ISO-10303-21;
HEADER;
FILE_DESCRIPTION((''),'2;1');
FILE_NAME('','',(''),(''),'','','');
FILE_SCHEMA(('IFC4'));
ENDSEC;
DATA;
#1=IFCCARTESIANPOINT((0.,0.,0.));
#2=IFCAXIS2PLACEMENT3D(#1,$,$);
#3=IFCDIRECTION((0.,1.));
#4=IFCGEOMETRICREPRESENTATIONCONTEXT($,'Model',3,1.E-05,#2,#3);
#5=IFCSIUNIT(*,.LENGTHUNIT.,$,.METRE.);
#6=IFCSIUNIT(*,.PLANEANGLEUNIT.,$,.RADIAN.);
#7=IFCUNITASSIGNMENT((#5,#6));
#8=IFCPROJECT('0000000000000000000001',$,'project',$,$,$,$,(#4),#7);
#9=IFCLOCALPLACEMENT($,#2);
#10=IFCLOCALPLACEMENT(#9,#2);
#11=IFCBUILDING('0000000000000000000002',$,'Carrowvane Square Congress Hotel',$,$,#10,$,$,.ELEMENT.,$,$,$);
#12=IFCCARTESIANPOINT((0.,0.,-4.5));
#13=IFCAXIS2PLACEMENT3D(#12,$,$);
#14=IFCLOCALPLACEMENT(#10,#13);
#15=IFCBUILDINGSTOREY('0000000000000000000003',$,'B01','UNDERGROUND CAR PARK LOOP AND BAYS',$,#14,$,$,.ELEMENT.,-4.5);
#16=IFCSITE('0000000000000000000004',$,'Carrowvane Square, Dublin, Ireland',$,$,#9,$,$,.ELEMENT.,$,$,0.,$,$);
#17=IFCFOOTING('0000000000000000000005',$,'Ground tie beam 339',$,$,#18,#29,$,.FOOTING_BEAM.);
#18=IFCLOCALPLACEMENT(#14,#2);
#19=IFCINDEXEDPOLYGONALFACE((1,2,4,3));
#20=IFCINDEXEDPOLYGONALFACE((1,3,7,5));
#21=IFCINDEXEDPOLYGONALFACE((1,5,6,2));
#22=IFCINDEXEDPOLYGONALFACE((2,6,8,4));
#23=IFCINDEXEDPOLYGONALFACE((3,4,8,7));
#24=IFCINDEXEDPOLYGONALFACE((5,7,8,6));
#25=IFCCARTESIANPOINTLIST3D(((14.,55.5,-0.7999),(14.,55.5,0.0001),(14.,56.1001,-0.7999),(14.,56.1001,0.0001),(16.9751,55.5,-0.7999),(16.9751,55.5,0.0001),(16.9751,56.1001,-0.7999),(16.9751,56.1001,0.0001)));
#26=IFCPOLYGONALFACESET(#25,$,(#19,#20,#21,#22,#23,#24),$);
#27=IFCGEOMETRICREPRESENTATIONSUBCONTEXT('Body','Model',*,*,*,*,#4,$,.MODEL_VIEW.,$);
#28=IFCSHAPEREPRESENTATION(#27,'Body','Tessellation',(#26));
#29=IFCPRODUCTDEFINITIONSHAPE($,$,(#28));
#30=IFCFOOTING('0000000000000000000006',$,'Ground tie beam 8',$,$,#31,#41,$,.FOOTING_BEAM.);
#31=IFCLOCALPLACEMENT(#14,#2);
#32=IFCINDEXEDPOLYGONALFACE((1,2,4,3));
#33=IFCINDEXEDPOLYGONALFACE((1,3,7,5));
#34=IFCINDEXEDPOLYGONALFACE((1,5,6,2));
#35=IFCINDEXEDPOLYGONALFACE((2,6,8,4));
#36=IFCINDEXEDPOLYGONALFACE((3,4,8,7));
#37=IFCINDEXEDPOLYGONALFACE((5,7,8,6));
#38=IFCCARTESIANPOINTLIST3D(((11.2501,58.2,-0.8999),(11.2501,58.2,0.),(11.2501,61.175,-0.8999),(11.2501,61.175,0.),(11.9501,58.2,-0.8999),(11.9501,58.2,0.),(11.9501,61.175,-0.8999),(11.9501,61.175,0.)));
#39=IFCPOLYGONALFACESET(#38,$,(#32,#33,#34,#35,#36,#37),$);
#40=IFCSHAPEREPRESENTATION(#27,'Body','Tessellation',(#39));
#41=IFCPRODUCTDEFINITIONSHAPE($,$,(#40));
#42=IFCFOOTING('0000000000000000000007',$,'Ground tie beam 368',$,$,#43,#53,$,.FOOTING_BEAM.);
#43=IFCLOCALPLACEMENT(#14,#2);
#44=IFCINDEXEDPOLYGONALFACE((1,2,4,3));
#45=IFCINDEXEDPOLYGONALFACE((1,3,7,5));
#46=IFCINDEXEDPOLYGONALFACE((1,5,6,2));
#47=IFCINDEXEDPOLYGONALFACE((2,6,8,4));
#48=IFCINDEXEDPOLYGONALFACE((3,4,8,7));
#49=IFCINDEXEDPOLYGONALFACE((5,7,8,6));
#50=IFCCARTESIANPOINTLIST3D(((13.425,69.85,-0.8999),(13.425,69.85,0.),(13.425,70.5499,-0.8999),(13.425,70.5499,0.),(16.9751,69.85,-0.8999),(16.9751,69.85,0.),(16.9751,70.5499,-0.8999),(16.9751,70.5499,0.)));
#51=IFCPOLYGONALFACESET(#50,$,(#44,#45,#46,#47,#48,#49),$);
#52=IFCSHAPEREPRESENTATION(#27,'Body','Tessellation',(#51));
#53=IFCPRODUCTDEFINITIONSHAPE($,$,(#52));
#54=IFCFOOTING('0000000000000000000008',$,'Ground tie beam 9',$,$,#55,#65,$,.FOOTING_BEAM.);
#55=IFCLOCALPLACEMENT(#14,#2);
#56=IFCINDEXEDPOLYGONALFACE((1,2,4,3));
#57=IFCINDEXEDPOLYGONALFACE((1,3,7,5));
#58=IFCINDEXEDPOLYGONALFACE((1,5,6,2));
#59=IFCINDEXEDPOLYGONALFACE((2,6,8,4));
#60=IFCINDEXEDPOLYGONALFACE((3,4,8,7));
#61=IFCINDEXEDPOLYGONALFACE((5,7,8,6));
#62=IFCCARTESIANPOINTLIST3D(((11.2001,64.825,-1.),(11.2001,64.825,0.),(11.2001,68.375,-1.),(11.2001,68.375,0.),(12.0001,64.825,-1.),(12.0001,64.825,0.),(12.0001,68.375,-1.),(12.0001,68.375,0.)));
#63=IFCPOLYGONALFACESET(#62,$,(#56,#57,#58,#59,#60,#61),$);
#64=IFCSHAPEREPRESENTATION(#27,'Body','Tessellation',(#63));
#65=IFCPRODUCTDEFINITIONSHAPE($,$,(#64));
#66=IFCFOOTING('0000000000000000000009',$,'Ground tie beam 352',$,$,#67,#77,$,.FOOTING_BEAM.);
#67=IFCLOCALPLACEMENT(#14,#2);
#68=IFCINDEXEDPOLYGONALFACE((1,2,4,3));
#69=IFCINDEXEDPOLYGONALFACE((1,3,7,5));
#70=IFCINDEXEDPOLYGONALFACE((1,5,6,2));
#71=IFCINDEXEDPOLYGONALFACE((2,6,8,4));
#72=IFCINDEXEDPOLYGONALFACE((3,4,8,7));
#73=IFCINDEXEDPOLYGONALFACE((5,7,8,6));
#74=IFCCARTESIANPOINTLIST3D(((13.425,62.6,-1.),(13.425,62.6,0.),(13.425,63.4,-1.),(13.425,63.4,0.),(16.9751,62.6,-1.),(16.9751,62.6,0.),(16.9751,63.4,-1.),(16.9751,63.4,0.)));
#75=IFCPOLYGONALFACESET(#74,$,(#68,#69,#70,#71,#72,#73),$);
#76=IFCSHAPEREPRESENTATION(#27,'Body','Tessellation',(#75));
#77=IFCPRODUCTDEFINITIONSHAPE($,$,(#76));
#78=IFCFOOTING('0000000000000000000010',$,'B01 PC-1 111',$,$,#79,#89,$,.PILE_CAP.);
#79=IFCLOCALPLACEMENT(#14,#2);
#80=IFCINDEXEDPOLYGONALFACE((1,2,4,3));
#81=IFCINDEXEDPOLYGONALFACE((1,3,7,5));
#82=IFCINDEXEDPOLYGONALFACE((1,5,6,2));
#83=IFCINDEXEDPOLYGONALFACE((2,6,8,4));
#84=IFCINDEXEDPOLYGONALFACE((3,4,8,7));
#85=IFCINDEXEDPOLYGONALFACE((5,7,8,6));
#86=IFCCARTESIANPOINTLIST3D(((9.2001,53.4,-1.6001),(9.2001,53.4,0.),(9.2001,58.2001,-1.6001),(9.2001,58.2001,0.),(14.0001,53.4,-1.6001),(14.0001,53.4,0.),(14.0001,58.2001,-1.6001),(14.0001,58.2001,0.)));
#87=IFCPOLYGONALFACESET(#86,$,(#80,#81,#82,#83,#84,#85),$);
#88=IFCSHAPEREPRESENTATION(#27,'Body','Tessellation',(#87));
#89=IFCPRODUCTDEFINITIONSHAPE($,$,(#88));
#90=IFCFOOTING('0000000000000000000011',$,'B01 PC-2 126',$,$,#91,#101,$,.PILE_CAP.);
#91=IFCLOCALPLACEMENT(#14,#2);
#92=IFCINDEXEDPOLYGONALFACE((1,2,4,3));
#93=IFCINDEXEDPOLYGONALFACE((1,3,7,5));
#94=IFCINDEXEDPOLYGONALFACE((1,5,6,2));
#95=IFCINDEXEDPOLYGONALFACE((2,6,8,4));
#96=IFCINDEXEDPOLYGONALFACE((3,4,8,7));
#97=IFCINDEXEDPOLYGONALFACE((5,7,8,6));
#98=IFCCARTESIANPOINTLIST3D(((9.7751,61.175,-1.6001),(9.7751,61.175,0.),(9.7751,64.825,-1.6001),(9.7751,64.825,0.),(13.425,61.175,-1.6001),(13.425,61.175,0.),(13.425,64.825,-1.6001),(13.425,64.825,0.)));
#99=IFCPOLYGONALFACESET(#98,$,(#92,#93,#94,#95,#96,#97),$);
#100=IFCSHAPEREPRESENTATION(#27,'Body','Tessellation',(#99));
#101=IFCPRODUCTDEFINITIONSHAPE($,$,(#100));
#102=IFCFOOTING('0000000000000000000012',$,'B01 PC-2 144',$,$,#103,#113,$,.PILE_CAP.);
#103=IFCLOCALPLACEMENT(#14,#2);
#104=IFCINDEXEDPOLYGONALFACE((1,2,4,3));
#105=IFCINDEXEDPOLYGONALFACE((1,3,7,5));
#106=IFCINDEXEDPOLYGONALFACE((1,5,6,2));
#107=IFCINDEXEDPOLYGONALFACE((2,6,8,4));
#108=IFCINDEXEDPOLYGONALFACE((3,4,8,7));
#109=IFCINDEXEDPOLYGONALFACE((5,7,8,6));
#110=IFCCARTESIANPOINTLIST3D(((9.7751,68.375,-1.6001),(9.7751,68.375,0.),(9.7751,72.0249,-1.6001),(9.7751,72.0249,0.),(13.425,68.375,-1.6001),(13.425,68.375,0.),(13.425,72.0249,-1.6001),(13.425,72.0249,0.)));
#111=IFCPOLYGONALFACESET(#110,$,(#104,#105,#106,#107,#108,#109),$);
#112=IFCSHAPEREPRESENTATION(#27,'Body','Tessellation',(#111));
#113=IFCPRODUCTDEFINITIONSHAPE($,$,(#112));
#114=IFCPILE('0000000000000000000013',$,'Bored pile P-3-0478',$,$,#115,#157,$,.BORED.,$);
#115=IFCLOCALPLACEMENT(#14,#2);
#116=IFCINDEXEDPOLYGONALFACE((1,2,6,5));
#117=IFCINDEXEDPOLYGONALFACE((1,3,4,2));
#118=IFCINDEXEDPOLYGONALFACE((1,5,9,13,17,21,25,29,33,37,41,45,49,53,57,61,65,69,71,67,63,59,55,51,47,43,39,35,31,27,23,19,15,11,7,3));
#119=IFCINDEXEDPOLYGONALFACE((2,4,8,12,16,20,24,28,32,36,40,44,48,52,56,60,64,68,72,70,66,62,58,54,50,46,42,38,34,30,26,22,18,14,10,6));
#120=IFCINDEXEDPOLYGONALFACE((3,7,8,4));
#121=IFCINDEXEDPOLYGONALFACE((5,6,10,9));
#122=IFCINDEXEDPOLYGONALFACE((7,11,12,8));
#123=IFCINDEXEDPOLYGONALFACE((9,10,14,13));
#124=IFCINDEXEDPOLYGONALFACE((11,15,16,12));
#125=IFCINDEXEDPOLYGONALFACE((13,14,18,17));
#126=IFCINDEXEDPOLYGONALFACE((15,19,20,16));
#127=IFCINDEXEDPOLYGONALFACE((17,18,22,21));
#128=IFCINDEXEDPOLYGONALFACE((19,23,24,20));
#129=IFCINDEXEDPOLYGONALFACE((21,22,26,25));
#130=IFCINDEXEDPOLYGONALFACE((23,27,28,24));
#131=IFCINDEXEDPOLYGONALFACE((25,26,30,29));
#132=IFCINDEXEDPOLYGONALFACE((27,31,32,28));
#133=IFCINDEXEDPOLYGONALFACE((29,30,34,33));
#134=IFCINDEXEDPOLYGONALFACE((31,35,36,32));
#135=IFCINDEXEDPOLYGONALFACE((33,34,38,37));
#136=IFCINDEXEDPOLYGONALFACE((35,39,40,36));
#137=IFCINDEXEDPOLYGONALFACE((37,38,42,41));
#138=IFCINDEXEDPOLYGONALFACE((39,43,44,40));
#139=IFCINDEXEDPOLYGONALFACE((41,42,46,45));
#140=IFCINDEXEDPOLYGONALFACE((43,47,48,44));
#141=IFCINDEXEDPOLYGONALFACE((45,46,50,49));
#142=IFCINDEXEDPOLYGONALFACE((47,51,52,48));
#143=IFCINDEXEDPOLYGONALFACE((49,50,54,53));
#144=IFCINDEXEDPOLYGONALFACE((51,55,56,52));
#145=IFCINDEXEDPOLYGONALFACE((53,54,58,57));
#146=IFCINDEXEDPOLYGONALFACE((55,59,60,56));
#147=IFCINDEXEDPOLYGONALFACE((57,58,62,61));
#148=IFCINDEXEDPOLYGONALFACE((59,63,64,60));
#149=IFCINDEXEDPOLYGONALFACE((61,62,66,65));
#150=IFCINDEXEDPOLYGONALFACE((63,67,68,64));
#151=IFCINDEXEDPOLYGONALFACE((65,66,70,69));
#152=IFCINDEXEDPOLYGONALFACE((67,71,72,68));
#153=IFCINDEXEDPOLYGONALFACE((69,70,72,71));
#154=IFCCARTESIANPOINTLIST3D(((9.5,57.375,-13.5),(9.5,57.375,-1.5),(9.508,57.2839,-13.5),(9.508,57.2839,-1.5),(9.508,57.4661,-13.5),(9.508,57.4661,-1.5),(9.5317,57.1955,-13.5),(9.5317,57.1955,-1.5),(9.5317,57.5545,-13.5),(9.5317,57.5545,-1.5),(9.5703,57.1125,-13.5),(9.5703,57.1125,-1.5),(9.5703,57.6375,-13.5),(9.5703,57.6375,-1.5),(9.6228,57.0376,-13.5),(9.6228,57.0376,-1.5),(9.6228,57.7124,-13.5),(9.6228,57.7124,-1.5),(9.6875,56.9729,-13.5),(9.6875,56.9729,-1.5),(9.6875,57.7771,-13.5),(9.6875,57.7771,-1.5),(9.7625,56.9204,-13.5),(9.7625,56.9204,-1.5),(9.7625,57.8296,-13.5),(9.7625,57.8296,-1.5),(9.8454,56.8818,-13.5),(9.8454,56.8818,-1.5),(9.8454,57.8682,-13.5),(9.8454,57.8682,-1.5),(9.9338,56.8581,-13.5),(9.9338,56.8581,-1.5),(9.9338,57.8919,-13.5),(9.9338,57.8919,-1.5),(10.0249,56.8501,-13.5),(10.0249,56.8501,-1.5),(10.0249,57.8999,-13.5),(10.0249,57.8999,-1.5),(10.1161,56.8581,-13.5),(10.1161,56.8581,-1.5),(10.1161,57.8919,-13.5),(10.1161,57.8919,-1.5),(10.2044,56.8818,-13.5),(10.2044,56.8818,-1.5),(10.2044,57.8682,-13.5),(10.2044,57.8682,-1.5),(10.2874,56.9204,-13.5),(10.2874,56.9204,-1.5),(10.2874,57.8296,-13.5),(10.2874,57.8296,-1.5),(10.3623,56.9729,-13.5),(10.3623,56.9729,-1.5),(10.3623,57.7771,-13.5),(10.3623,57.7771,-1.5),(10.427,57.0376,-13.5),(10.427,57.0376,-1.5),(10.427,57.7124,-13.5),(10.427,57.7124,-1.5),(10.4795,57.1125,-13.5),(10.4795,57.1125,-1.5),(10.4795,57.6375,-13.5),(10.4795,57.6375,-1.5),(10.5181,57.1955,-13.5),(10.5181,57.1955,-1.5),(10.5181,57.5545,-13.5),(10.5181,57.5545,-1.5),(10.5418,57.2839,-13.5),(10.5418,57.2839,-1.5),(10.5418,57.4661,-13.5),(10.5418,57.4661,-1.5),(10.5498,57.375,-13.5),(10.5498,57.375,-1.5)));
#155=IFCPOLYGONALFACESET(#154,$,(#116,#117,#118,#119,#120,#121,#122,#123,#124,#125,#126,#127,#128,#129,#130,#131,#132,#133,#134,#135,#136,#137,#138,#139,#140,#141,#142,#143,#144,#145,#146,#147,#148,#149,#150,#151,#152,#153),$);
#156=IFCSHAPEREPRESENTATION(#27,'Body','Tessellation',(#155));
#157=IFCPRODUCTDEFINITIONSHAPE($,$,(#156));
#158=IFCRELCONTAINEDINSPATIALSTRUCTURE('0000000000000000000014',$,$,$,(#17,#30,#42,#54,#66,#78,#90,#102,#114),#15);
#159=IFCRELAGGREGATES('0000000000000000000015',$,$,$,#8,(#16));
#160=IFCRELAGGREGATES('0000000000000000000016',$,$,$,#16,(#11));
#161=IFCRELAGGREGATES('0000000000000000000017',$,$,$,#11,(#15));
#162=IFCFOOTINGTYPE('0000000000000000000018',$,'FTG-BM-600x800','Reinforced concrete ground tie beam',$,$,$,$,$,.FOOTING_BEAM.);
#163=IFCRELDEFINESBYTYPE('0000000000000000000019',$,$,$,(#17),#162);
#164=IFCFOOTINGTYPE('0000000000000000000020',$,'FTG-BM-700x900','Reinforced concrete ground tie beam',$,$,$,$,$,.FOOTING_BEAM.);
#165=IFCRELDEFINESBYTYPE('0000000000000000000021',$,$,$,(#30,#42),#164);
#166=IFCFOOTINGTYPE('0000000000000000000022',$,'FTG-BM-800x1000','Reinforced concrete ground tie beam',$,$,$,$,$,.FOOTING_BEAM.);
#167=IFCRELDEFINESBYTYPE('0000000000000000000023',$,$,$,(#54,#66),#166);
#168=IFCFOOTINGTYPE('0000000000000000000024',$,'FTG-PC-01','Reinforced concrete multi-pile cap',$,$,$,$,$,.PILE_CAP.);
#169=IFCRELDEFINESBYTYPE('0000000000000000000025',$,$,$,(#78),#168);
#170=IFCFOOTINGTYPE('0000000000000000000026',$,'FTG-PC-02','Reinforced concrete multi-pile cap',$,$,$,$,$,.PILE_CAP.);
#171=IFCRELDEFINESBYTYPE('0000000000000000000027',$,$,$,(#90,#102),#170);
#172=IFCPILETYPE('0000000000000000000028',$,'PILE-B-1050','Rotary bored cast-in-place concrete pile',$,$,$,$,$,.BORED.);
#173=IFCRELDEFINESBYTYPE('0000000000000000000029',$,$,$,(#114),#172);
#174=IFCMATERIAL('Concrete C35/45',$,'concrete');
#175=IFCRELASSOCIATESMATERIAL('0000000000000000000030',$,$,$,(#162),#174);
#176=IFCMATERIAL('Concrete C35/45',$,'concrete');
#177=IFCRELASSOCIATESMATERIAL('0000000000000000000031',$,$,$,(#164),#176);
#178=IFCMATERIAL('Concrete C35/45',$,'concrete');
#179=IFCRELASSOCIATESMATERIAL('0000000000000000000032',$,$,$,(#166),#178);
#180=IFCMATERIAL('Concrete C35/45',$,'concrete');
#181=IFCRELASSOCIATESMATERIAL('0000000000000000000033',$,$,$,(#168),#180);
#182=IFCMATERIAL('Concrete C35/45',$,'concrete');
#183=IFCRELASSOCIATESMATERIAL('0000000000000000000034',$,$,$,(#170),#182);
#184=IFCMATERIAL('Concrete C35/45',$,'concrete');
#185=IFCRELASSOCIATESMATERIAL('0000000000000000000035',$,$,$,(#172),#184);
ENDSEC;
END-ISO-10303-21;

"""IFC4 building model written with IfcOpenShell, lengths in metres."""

from ifc_helpers import new_model, si_unit, direction, frame, origin, origin_2d, place, context, subcontext, project, spatial, rectangle, circle, extrude, material, material_profile, profile_set, type_object, element, save


model = new_model("IFC4")

# Units and contexts
model_context = context("Model", 3, precision=1e-05, world=origin(), true_north=direction((0.0, 1.0)))
body_context = subcontext(model_context, "Body", "Model", "MODEL_VIEW")
ifc_project = project(units=[si_unit("LENGTHUNIT", "METRE"), si_unit("PLANEANGLEUNIT", "RADIAN")], contexts=[model_context])

# Site, building, storey
site_placement = place(None, origin())
site = spatial("IfcSite", under=ifc_project, at=site_placement, Name="Carrowvane Square, Dublin, Ireland", CompositionType="ELEMENT", RefElevation=0.0)
building_placement = place(site_placement, origin())
building = spatial("IfcBuilding", under=site, at=building_placement, Name="Carrowvane Square Congress Hotel", CompositionType="ELEMENT")
storey_placement = place(building_placement, frame((0.0, 0.0, -4.5)))
storey = spatial("IfcBuildingStorey", under=building, at=storey_placement, Name="B01", Description="UNDERGROUND CAR PARK LOOP AND BAYS", CompositionType="ELEMENT", Elevation=-4.5)

# Footings
ifc_material_1 = material(Name="Concrete C35/45", Category="concrete")
ifc_material_profile_1 = material_profile(ifc_material_1, rectangle(XDim=0.6001, YDim=0.8, at=origin_2d()), Name="RC 600x800")
ifc_profile_set_1 = profile_set([ifc_material_profile_1], Name="Concrete C35/45")
footing_type_1 = type_object("IfcFootingType", Name="FTG-BM-600x800", Description="Reinforced concrete ground tie beam", PredefinedType="FOOTING_BEAM", material=ifc_profile_set_1)
footing_1_placement = place(storey_placement, frame((14.0, 55.8, -0.3999), z_axis=(1.0, 0.0, 0.0), x_axis=(0.0, 1.0, 0.0)))
element("IfcFooting", 1, at=footing_1_placement, inside=storey, type_object=footing_type_1, Name="Ground tie beam 339", PredefinedType="FOOTING_BEAM", context=body_context, shape_type="SweptSolid", body=[
    extrude(rectangle(XDim=0.6001, YDim=0.8, at=origin_2d()), origin(), (0.0, 0.0, 1.0), 2.9751),
])
ifc_material_2 = material(Name="Concrete C35/45", Category="concrete")
ifc_material_profile_2 = material_profile(ifc_material_2, rectangle(XDim=0.7, YDim=0.8999, at=origin_2d()), Name="RC 700x900")
ifc_profile_set_2 = profile_set([ifc_material_profile_2], Name="Concrete C35/45")
footing_type_2 = type_object("IfcFootingType", Name="FTG-BM-700x900", Description="Reinforced concrete ground tie beam", PredefinedType="FOOTING_BEAM", material=ifc_profile_set_2)
footing_2_placement = place(storey_placement, frame((11.6001, 58.2, -0.45), z_axis=(0.0, 1.0, 0.0), x_axis=(-1.0, 0.0, 0.0)))
element("IfcFooting", 2, at=footing_2_placement, inside=storey, type_object=footing_type_2, Name="Ground tie beam 8", PredefinedType="FOOTING_BEAM", context=body_context, shape_type="SweptSolid", body=[
    extrude(rectangle(XDim=0.7, YDim=0.8999, at=origin_2d()), origin(), (0.0, 0.0, 1.0), 2.9751),
])
footing_3_placement = place(storey_placement, frame((13.425, 70.2, -0.45), z_axis=(1.0, 0.0, 0.0), x_axis=(0.0, 1.0, 0.0)))
element("IfcFooting", 3, at=footing_3_placement, inside=storey, type_object=footing_type_2, Name="Ground tie beam 368", PredefinedType="FOOTING_BEAM", context=body_context, shape_type="SweptSolid", body=[
    extrude(rectangle(XDim=0.7, YDim=0.8999, at=origin_2d()), origin(), (0.0, 0.0, 1.0), 3.55),
])
ifc_material_3 = material(Name="Concrete C35/45", Category="concrete")
ifc_material_profile_3 = material_profile(ifc_material_3, rectangle(XDim=0.8, YDim=1.0, at=origin_2d()), Name="RC 800x1000")
ifc_profile_set_3 = profile_set([ifc_material_profile_3], Name="Concrete C35/45")
footing_type_3 = type_object("IfcFootingType", Name="FTG-BM-800x1000", Description="Reinforced concrete ground tie beam", PredefinedType="FOOTING_BEAM", material=ifc_profile_set_3)
for number, where, z_axis, x_axis, name in (
    (4, (11.6001, 64.825, -0.5), (0.0, 1.0, 0.0), (-1.0, 0.0, 0.0), "Ground tie beam 9"),
    (5, (13.425, 63.0, -0.5), (1.0, 0.0, 0.0), (0.0, 1.0, 0.0), "Ground tie beam 352"),
):
    element("IfcFooting", number, at=place(storey_placement, frame(where, z_axis=z_axis, x_axis=x_axis)), inside=storey, type_object=footing_type_3, Name=name, PredefinedType="FOOTING_BEAM", context=body_context, shape_type="SweptSolid", body=[
        extrude(rectangle(XDim=0.8, YDim=1.0, at=origin_2d()), origin(), (0.0, 0.0, 1.0), 3.55),
    ])
ifc_material_4 = material(Name="Concrete C35/45", Category="concrete")
footing_type_4 = type_object("IfcFootingType", Name="FTG-PC-01", Description="Reinforced concrete multi-pile cap", PredefinedType="PILE_CAP", material=ifc_material_4)
footing_4_placement = place(storey_placement, frame((11.6001, 55.8, -1.6001), z_axis=(0.0, 0.0, 1.0), x_axis=(1.0, 0.0, 0.0)))
element("IfcFooting", 6, at=footing_4_placement, inside=storey, type_object=footing_type_4, Name="B01 PC-1 111", PredefinedType="PILE_CAP", context=body_context, shape_type="SweptSolid", body=[
    extrude(rectangle(XDim=4.8, YDim=4.8, at=origin_2d()), origin(), (0.0, 0.0, 1.0), 1.6001),
])
ifc_material_5 = material(Name="Concrete C35/45", Category="concrete")
footing_type_5 = type_object("IfcFootingType", Name="FTG-PC-02", Description="Reinforced concrete multi-pile cap", PredefinedType="PILE_CAP", material=ifc_material_5)
for number, where, z_axis, x_axis, name in (
    (7, (11.6001, 63.0, -1.6001), (0.0, 0.0, 1.0), (1.0, 0.0, 0.0), "B01 PC-2 126"),
    (8, (11.6001, 70.2, -1.6001), (0.0, 0.0, 1.0), (1.0, 0.0, 0.0), "B01 PC-2 144"),
):
    element("IfcFooting", number, at=place(storey_placement, frame(where, z_axis=z_axis, x_axis=x_axis)), inside=storey, type_object=footing_type_5, Name=name, PredefinedType="PILE_CAP", context=body_context, shape_type="SweptSolid", body=[
        extrude(rectangle(XDim=3.6499, YDim=3.6499, at=origin_2d()), origin(), (0.0, 0.0, 1.0), 1.6001),
    ])

# Pile
ifc_material_6 = material(Name="Concrete C35/45", Category="concrete")
ifc_material_profile_4 = material_profile(ifc_material_6, circle(Radius=0.5249, at=origin_2d()), Name="PILE D1050")
ifc_profile_set_4 = profile_set([ifc_material_profile_4], Name="Concrete C35/45")
pile_type_1 = type_object("IfcPileType", Name="PILE-B-1050", Description="Rotary bored cast-in-place concrete pile", PredefinedType="BORED", material=ifc_profile_set_4)
for number, where, z_axis, x_axis, name in (
    (9, (10.0249, 57.375, -1.5), (0.0, 0.0, -1.0), (1.0, 0.0, 0.0), "Bored pile P-3-0478"),
):
    element("IfcPile", number, at=place(storey_placement, frame(where, z_axis=z_axis, x_axis=x_axis)), inside=storey, type_object=pile_type_1, Name=name, PredefinedType="BORED", context=body_context, shape_type="SweptSolid", body=[
        extrude(circle(Radius=0.5249, at=origin_2d()), origin(), (0.0, 0.0, 1.0), 12.0),
    ])

save(model, "model.ifc")
